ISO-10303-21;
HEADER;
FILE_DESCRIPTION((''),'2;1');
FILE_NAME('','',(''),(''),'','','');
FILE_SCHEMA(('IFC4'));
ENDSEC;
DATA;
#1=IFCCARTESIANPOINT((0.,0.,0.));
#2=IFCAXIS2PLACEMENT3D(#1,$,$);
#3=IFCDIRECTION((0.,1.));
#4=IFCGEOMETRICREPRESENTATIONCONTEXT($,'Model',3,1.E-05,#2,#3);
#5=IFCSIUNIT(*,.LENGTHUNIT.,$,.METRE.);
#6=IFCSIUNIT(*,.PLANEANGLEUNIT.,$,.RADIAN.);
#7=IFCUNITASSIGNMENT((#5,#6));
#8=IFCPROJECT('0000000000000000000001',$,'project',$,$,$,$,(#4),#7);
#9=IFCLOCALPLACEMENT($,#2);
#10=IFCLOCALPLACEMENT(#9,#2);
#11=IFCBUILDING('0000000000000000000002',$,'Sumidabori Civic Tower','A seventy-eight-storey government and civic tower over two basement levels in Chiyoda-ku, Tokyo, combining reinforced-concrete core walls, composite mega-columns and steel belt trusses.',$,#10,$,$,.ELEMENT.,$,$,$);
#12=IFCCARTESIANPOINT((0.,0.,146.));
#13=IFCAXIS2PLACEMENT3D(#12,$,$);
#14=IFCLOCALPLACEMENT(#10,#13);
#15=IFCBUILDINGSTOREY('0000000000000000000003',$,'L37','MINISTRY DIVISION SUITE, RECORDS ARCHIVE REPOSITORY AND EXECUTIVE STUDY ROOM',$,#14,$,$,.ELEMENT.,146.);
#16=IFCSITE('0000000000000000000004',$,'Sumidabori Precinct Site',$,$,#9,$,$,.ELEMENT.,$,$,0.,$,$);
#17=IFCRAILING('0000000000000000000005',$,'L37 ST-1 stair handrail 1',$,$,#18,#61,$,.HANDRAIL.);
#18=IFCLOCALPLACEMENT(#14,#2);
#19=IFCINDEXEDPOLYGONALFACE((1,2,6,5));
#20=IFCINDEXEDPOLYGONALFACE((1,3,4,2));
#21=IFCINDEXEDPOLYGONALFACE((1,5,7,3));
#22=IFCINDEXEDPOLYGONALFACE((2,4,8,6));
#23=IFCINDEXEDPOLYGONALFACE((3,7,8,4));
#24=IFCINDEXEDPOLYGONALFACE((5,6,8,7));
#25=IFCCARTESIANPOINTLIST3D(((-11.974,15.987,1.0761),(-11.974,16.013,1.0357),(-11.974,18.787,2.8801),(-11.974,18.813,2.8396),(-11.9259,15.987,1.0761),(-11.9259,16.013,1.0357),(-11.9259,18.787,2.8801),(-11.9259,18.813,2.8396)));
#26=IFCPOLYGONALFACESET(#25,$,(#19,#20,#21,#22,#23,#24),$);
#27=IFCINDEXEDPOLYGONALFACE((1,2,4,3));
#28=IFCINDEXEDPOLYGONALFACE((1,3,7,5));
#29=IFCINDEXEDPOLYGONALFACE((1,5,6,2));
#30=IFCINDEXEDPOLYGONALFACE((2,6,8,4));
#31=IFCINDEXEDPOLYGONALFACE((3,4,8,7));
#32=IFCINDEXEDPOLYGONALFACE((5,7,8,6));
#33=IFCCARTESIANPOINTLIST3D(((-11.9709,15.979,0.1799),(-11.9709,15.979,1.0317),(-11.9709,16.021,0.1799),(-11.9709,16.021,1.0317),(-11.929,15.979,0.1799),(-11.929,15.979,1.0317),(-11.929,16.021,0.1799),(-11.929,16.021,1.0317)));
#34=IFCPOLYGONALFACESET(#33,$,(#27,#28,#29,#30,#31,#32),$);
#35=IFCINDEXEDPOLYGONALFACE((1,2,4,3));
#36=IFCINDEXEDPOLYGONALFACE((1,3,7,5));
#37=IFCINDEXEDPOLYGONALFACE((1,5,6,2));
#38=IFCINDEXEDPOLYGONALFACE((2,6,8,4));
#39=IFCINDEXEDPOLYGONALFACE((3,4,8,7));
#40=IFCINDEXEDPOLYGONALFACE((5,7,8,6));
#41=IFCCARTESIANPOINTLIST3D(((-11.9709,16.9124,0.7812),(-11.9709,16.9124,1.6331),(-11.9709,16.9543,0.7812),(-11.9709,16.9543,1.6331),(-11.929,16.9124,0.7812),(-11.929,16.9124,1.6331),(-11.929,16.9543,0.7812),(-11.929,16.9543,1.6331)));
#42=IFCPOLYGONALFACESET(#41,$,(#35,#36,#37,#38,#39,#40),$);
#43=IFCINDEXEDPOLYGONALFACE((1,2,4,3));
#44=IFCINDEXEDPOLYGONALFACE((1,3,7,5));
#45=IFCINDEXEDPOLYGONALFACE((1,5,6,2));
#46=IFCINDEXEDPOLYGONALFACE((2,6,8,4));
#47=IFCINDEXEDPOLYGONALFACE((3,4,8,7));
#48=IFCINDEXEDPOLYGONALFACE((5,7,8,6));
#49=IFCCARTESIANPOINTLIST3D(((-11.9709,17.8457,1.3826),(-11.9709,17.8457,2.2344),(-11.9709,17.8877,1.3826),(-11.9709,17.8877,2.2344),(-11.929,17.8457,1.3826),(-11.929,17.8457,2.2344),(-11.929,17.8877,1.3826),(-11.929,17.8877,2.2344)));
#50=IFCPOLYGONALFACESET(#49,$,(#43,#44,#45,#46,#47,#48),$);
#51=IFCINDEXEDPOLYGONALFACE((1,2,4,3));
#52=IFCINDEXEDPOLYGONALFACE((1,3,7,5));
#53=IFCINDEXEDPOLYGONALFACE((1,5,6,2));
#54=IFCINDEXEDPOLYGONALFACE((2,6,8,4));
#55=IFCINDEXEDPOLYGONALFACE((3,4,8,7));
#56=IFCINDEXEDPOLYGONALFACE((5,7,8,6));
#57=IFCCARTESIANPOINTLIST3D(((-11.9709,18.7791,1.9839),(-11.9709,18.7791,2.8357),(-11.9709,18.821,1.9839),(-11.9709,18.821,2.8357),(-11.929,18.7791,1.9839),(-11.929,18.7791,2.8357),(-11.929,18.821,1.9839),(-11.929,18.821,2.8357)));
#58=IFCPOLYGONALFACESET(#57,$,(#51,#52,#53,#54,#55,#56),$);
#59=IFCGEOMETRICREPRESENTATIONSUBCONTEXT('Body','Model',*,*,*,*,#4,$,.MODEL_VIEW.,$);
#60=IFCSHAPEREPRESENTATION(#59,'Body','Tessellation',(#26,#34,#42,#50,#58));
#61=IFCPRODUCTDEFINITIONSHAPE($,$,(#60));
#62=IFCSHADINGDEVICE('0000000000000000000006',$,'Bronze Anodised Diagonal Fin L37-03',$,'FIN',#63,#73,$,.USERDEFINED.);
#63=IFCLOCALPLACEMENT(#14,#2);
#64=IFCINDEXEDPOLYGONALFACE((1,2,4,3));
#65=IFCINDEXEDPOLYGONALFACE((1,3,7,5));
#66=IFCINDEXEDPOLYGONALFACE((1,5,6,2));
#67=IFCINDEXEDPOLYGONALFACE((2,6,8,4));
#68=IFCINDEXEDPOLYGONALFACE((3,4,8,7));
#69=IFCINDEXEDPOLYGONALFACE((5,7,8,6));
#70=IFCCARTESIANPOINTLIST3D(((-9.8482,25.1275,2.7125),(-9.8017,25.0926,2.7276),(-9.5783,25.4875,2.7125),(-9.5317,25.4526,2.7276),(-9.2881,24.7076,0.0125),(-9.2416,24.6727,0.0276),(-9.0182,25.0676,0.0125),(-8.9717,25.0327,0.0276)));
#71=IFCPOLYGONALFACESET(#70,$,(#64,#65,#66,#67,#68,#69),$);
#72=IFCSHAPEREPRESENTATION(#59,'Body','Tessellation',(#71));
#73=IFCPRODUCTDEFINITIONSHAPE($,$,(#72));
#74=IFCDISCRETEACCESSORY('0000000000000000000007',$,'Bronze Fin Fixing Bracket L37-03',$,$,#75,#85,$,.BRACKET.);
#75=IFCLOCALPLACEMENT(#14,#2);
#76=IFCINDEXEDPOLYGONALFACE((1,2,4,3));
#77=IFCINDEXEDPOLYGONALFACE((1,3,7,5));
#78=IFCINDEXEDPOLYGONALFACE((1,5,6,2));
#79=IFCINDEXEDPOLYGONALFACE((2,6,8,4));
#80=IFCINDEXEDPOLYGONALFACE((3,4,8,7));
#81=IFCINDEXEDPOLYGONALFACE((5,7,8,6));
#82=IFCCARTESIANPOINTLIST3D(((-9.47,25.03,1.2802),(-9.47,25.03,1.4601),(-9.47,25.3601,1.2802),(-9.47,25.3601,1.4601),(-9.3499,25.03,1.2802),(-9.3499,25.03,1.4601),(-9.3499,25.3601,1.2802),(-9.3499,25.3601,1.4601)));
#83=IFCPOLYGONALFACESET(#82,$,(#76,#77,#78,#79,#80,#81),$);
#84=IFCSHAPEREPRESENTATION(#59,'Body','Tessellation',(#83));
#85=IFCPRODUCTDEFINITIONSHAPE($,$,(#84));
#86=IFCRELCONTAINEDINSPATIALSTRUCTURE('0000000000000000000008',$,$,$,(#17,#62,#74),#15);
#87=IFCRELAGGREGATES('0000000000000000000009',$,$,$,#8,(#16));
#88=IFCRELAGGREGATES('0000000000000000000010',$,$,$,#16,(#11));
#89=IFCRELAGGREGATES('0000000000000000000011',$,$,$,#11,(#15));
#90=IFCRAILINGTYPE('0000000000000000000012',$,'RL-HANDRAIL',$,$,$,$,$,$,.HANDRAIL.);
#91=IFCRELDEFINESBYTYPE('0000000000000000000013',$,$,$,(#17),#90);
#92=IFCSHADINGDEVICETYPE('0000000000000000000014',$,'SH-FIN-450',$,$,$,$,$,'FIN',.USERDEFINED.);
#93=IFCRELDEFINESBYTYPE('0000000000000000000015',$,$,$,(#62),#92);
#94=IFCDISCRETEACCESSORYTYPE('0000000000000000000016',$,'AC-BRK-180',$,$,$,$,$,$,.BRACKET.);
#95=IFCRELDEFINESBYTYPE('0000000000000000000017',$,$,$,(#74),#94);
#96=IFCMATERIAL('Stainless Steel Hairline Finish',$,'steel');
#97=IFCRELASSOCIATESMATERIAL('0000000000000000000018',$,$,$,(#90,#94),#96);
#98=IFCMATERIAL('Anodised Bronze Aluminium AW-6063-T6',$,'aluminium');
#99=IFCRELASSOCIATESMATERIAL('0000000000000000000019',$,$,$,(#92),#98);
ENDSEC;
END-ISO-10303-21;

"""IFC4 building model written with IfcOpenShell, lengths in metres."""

from ifc_helpers import new_model, si_unit, direction, frame, origin, origin_2d, place, context, subcontext, project, spatial, rectangle, extrude, source, transform, mapped, material, material_profile, profile_set, type_object, element, save


model = new_model("IFC4")

# Units and contexts
model_context = context("Model", 3, precision=1e-05, world=origin(), true_north=direction((0.0, 1.0)))
body_context = subcontext(model_context, "Body", "Model", "MODEL_VIEW")
ifc_project = project(units=[si_unit("LENGTHUNIT", "METRE"), si_unit("PLANEANGLEUNIT", "RADIAN")], contexts=[model_context])

# Site, building, storey
site_placement = place(None, origin())
site = spatial("IfcSite", under=ifc_project, at=site_placement, Name="Sumidabori Precinct Site", CompositionType="ELEMENT", RefElevation=0.0)
building_placement = place(site_placement, origin())
building = spatial("IfcBuilding", under=site, at=building_placement, Name="Sumidabori Civic Tower", Description="A seventy-eight-storey government and civic tower over two basement levels in Chiyoda-ku, Tokyo, combining reinforced-concrete core walls, composite mega-columns and steel belt trusses.", CompositionType="ELEMENT")
storey_placement = place(building_placement, frame((0.0, 0.0, 146.0)))
storey = spatial("IfcBuildingStorey", under=building, at=storey_placement, Name="L37", Description="MINISTRY DIVISION SUITE, RECORDS ARCHIVE REPOSITORY AND EXECUTIVE STUDY ROOM", CompositionType="ELEMENT", Elevation=146.0)

# Shared definitions
ifc_material_1 = material(Name="Anodised Bronze Aluminium AW-6063-T6", Category="aluminium")

# Railing
ifc_material_2 = material(Name="Stainless Steel Hairline Finish", Category="steel")
railing_type = type_object("IfcRailingType", Name="RL-HANDRAIL", PredefinedType="HANDRAIL", material=ifc_material_2)
railing_placement = place(storey_placement, frame((-11.95, 16.0, 0.1799)))
element("IfcRailing", 1, at=railing_placement, inside=storey, type_object=railing_type, Name="L37 ST-1 stair handrail 1", PredefinedType="HANDRAIL", context=body_context, shape_type="SweptSolid", body=[
    extrude(rectangle(XDim=0.0481, YDim=0.0481, at=origin_2d()), frame((0.0, 0.0, 0.876), z_axis=(0.0, 0.840642, 0.541591), x_axis=(-1.0, 0.0, 0.0)), (0.0, 0.0, 1.0), 3.3308),
    extrude(rectangle(XDim=0.042, YDim=0.042, at=origin_2d()), origin(), (0.0, 0.0, 1.0), 0.8518),
    extrude(rectangle(XDim=0.042, YDim=0.042, at=origin_2d()), frame((0.0, 0.9333, 0.6013)), (0.0, 0.0, 1.0), 0.8518),
    extrude(rectangle(XDim=0.042, YDim=0.042, at=origin_2d()), frame((0.0, 1.8667, 1.2026)), (0.0, 0.0, 1.0), 0.8518),
    extrude(rectangle(XDim=0.042, YDim=0.042, at=origin_2d()), frame((0.0, 2.8, 1.804)), (0.0, 0.0, 1.0), 0.8518),
])

# Shading device
ifc_material_profile_1 = material_profile(ifc_material_1, rectangle(XDim=0.0601, YDim=0.45, at=origin_2d()), Name="BRONZE FIN 450x60")
ifc_profile_set_1 = profile_set([ifc_material_profile_1], Name="Anodised Bronze Aluminium AW-6063-T6")
shading_device_type = type_object("IfcShadingDeviceType", Name="SH-FIN-450", ElementType="FIN", PredefinedType="USERDEFINED", material=ifc_profile_set_1)
shared_shape_1 = source(origin(), body_context, "Body", "SweptSolid", [
    extrude(rectangle(XDim=0.0601, YDim=0.45, at=origin_2d()), origin(), (0.0, 0.0, 1.0), 2.7893),
])
shading_device_placement = place(storey_placement, frame((-9.1299, 24.8701, 0.02), z_axis=(-0.200794, 0.150552, 0.967996), x_axis=(0.774478, -0.580689, 0.250966)))
element("IfcShadingDevice", 2, at=shading_device_placement, inside=storey, type_object=shading_device_type, Name="Bronze Anodised Diagonal Fin L37-03", ObjectType="FIN", PredefinedType="USERDEFINED", context=body_context, shape_type="MappedRepresentation", body=[
    mapped(shared_shape_1, transform((0.0, 0.0, 0.0), x_axis=(1.0, 0.0, 0.0), y_axis=(0.0, 1.0, 0.0), z_axis=(0.0, 0.0, 1.0), scale=1.0)),
])

# Discrete accessory
ifc_material_profile_2 = material_profile(ifc_material_2, rectangle(XDim=0.1201, YDim=0.1799, at=origin_2d()), Name="STEEL BRACKET 180x120")
ifc_profile_set_2 = profile_set([ifc_material_profile_2], Name="Stainless Steel Hairline Finish")
discrete_accessory_type = type_object("IfcDiscreteAccessoryType", Name="AC-BRK-180", PredefinedType="BRACKET", material=ifc_profile_set_2)
shared_shape_2 = source(origin(), body_context, "Body", "SweptSolid", [
    extrude(rectangle(XDim=0.1201, YDim=0.1799, at=origin_2d()), origin(), (0.0, 0.0, 1.0), 0.3301),
])
discrete_accessory_placement = place(storey_placement, frame((-9.4099, 25.03, 1.3701), z_axis=(0.0, 1.0, 0.0), x_axis=(-1.0, 0.0, 0.0)))
element("IfcDiscreteAccessory", 3, at=discrete_accessory_placement, inside=storey, type_object=discrete_accessory_type, Name="Bronze Fin Fixing Bracket L37-03", PredefinedType="BRACKET", context=body_context, shape_type="MappedRepresentation", body=[
    mapped(shared_shape_2, transform((0.0, 0.0, 0.0), x_axis=(1.0, 0.0, 0.0), y_axis=(0.0, 1.0, 0.0), z_axis=(0.0, 0.0, 1.0), scale=1.0)),
])

save(model, "model.ifc")
